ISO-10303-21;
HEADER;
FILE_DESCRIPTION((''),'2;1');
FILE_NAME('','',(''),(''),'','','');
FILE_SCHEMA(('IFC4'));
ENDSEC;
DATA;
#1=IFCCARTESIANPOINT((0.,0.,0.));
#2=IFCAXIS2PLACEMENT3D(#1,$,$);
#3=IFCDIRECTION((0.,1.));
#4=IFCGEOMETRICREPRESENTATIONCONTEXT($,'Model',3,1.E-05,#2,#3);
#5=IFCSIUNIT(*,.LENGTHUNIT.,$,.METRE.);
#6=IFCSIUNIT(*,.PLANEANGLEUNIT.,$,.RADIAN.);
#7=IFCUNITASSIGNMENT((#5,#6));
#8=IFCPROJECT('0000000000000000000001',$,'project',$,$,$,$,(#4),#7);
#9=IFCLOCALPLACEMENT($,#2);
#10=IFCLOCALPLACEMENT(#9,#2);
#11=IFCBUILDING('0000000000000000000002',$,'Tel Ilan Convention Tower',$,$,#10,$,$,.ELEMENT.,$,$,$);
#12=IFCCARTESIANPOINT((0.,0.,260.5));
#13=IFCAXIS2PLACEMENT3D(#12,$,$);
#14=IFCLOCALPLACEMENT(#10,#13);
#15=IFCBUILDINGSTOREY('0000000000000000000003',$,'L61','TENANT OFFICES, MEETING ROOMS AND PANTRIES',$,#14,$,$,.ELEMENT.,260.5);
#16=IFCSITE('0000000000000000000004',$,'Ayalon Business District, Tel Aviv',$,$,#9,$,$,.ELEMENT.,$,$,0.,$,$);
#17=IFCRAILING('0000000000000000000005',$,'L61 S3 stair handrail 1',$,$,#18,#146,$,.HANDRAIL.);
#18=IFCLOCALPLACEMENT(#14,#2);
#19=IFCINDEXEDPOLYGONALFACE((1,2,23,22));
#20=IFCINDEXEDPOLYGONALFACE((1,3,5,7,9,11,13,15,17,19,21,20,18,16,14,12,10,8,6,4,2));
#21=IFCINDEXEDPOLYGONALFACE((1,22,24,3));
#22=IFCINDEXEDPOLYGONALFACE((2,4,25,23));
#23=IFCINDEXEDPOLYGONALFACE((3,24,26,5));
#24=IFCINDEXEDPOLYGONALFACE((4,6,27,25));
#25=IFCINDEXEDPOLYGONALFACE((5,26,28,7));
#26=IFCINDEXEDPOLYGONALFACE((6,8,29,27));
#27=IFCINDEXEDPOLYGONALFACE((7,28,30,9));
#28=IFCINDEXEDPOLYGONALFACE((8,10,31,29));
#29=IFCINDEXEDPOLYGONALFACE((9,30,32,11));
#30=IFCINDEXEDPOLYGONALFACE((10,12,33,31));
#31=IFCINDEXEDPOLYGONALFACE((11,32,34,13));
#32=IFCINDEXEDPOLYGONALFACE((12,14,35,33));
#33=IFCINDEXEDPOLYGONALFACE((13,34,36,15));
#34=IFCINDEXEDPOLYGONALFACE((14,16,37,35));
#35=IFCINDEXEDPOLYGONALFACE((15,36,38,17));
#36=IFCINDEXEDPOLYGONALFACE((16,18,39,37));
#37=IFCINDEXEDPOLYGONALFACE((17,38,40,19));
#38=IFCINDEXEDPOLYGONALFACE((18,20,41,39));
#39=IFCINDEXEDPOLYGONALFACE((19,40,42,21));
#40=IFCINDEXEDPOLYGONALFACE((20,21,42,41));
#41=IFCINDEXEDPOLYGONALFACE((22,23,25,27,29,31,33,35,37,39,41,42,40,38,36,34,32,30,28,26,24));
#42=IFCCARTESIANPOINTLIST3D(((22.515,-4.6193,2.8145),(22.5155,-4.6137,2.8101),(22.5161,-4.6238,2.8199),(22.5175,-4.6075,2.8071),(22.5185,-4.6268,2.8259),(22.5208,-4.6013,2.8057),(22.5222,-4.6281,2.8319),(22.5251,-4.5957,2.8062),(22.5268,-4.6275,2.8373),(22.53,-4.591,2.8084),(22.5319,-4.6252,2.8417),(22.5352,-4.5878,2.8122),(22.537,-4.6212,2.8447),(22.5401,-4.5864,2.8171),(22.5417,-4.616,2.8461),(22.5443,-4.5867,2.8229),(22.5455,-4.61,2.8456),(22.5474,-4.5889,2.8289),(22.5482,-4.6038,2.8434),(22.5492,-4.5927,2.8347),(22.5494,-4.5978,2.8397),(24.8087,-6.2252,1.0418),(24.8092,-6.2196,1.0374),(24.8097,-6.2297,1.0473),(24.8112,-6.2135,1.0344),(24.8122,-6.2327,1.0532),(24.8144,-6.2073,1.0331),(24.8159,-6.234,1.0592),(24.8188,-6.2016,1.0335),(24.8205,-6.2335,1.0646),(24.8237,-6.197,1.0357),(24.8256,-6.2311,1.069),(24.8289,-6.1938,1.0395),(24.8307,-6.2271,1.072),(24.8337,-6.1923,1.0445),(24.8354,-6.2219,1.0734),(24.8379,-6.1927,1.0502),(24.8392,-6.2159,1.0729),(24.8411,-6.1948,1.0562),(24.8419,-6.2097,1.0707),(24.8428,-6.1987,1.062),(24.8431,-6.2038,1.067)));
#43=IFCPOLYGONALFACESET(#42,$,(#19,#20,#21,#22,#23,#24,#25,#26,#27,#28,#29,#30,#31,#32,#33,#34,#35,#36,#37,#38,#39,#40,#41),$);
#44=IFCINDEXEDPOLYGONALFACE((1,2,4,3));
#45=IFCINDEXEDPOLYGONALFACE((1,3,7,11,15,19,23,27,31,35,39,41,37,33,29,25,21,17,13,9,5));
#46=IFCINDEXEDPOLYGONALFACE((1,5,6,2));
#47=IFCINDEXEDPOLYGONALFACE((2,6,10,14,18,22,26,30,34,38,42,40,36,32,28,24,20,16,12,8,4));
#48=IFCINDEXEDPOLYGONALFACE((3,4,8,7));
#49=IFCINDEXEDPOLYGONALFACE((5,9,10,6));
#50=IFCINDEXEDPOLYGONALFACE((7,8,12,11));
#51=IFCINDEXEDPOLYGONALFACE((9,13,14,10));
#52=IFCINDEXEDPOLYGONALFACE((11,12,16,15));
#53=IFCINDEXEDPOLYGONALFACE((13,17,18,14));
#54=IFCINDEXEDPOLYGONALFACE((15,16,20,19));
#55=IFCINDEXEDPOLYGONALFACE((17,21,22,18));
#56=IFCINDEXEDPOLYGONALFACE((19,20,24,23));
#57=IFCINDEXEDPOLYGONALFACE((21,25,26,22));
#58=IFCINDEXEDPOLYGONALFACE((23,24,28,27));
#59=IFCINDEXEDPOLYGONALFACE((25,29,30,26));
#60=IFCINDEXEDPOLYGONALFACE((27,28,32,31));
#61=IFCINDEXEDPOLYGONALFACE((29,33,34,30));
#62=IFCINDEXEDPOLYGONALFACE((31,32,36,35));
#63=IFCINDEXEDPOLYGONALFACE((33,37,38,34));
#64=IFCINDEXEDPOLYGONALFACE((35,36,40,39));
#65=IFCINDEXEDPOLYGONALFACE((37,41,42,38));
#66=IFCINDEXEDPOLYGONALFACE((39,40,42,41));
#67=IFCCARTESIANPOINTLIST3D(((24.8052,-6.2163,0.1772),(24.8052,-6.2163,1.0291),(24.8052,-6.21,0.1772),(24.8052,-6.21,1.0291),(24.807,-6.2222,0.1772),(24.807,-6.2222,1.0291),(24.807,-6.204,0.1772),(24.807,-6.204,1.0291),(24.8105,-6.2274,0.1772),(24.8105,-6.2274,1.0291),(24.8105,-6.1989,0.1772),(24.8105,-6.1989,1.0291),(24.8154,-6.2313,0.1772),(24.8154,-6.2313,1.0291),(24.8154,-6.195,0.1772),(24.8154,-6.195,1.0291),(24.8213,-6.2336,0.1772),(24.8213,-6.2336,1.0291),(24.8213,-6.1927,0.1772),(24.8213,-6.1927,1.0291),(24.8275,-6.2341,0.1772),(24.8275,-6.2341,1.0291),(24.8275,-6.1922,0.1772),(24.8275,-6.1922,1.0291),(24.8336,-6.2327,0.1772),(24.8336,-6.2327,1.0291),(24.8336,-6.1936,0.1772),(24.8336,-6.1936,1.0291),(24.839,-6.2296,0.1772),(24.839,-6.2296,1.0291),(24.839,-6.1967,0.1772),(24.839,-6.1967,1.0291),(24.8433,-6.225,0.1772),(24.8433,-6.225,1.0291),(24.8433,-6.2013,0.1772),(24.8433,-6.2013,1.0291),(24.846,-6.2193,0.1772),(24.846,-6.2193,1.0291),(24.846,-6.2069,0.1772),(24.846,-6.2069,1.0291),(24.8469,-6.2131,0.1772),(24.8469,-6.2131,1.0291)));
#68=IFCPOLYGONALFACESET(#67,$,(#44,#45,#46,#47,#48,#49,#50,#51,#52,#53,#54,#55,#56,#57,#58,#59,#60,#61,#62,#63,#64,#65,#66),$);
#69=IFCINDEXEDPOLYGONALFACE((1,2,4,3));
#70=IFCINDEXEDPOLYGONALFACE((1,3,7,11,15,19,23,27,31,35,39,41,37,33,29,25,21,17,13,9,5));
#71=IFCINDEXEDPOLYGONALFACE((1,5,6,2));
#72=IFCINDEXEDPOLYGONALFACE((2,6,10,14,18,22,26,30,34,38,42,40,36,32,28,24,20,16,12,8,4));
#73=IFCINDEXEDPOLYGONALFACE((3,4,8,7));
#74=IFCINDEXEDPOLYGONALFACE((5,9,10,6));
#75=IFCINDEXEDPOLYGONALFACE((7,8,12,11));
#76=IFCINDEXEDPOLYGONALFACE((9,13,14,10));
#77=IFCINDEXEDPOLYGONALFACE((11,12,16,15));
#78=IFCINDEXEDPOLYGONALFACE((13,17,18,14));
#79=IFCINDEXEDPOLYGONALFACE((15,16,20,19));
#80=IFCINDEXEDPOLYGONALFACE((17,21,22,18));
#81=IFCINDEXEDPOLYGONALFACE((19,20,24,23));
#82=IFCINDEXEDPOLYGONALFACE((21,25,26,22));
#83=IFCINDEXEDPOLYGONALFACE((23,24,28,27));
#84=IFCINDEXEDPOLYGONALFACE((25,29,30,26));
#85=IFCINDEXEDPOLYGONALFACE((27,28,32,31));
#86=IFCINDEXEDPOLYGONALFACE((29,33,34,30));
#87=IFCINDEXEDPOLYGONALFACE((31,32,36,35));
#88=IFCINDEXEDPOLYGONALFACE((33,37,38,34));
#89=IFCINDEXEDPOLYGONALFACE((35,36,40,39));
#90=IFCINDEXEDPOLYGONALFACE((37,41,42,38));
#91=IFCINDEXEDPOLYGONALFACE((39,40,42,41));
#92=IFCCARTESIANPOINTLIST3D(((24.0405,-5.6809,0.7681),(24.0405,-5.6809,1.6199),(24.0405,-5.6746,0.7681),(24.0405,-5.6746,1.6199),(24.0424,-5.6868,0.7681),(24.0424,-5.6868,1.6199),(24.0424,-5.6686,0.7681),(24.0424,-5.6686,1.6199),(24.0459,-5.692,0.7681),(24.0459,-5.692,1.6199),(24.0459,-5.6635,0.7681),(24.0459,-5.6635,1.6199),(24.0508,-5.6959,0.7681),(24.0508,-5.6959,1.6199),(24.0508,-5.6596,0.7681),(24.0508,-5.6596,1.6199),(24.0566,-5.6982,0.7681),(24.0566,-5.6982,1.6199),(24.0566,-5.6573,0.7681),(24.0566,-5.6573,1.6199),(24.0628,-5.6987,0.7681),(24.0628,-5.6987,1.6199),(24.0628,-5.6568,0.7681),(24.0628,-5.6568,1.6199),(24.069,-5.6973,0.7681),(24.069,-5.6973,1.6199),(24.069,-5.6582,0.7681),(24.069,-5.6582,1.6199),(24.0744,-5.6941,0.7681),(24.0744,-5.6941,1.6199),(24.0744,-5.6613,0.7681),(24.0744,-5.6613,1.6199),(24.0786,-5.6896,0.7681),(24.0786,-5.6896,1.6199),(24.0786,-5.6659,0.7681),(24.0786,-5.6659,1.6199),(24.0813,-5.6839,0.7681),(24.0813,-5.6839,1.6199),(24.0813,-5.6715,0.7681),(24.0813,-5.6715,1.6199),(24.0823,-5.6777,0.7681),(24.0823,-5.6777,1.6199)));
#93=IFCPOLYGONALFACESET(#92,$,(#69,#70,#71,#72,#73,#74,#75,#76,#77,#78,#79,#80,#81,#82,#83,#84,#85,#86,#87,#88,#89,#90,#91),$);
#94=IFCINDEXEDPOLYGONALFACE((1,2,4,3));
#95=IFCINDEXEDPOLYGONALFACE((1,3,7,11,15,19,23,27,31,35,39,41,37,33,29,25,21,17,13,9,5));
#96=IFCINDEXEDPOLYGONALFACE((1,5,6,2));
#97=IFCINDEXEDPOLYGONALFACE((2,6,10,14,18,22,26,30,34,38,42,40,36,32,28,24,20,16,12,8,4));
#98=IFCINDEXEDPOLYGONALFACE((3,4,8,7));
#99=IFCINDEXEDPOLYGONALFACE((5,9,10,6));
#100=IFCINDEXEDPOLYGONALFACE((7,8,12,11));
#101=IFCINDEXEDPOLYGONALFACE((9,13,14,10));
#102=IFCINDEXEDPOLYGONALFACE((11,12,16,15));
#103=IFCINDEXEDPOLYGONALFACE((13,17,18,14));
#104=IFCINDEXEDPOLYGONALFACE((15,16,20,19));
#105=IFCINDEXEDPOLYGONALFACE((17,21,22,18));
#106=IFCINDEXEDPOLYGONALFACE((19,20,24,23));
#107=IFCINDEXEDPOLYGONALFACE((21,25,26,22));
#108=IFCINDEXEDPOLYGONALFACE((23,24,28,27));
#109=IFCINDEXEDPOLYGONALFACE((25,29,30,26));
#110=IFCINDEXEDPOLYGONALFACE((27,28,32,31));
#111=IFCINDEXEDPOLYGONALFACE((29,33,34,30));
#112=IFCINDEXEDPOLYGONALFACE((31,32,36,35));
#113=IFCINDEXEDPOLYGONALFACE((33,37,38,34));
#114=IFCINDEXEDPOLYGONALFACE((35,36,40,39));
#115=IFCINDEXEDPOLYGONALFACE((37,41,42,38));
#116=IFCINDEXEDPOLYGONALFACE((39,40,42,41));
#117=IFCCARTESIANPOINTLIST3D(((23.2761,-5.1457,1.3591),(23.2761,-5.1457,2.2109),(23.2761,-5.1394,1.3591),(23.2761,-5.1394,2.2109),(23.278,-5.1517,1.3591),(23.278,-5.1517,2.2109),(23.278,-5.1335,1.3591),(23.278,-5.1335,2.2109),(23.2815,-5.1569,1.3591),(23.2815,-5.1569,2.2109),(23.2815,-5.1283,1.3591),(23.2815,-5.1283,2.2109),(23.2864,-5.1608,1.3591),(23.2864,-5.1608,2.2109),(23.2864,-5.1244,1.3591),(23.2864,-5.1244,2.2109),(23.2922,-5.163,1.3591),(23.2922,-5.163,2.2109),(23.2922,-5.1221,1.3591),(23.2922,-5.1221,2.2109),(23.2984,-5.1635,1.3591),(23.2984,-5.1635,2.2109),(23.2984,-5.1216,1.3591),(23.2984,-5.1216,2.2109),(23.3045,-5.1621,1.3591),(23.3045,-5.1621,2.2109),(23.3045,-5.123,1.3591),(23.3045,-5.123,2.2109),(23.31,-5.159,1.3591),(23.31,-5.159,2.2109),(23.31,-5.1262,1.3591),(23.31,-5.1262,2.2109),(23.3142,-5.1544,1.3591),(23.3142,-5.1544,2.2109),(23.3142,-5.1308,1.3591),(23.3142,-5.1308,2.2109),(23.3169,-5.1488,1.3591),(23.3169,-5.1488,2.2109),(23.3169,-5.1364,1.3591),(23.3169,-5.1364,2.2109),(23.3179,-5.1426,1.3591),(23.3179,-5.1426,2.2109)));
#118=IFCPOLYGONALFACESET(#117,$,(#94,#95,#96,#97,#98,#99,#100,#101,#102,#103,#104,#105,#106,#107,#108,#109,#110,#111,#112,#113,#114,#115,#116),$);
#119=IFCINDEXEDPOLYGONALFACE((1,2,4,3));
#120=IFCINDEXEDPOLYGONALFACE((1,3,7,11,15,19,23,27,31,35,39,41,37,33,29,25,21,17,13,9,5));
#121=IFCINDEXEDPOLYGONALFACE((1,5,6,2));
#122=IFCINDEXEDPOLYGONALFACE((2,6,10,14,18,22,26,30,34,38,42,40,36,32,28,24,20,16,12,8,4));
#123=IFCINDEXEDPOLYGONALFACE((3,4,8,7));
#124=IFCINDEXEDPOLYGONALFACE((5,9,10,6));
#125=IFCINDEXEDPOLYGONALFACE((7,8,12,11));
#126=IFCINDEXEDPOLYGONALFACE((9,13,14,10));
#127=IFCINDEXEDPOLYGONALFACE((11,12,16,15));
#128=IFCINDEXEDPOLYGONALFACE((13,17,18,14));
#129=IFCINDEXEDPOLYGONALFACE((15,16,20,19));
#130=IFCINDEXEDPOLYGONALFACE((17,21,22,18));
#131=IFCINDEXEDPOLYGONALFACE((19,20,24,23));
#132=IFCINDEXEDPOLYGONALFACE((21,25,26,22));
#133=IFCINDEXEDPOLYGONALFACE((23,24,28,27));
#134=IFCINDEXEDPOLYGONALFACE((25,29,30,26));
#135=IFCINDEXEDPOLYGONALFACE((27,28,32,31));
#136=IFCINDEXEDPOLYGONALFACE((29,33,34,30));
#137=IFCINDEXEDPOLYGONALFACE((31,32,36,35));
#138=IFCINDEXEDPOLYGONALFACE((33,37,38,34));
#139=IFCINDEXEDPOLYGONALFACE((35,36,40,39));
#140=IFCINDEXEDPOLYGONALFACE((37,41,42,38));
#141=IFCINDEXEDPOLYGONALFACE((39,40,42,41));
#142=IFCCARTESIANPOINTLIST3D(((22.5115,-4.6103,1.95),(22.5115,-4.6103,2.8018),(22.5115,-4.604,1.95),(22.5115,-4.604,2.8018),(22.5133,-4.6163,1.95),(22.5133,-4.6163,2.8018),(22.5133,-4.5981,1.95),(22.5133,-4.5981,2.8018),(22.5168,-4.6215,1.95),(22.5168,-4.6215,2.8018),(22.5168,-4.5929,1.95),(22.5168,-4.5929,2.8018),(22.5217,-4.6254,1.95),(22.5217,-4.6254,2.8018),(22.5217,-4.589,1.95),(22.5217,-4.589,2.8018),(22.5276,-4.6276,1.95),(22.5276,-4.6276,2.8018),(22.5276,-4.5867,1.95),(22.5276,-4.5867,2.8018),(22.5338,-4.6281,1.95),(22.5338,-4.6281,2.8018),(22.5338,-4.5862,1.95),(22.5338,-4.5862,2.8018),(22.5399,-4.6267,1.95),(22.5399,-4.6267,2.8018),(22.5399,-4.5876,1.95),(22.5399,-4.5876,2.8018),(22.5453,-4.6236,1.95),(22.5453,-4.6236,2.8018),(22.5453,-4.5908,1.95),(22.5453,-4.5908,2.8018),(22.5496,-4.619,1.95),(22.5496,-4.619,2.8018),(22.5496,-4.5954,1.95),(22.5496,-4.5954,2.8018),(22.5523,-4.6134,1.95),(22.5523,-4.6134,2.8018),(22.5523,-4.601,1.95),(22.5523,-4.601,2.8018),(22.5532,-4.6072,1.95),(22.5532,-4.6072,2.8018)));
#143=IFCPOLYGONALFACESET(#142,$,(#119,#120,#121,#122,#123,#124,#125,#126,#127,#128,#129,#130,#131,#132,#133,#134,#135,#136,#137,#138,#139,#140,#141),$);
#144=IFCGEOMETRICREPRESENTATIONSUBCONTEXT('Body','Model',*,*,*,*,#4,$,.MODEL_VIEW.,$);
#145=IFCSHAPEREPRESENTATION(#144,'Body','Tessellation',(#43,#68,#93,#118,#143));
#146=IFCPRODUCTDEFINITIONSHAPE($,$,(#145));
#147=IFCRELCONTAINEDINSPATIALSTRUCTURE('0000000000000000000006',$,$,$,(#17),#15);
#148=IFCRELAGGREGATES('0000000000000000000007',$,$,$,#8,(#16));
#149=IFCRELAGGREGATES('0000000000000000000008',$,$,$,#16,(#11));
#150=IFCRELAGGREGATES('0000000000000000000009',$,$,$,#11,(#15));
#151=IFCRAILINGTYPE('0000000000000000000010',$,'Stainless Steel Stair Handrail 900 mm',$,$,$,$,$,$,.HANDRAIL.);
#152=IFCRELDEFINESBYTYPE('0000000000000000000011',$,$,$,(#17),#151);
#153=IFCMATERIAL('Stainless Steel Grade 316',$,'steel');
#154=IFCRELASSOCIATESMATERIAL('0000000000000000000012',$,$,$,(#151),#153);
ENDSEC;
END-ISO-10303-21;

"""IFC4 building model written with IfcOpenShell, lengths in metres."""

from ifc_helpers import new_model, si_unit, direction, frame, origin, origin_2d, place, context, subcontext, project, spatial, circle, extrude, material, type_object, element, save


model = new_model("IFC4")

# Units and contexts
model_context = context("Model", 3, precision=1e-05, world=origin(), true_north=direction((0.0, 1.0)))
body_context = subcontext(model_context, "Body", "Model", "MODEL_VIEW")
ifc_project = project(units=[si_unit("LENGTHUNIT", "METRE"), si_unit("PLANEANGLEUNIT", "RADIAN")], contexts=[model_context])

# Site, building, storey
site_placement = place(None, origin())
site = spatial("IfcSite", under=ifc_project, at=site_placement, Name="Ayalon Business District, Tel Aviv", CompositionType="ELEMENT", RefElevation=0.0)
building_placement = place(site_placement, origin())
building = spatial("IfcBuilding", under=site, at=building_placement, Name="Tel Ilan Convention Tower", CompositionType="ELEMENT")
storey_placement = place(building_placement, frame((0.0, 0.0, 260.5)))
storey = spatial("IfcBuildingStorey", under=building, at=storey_placement, Name="L61", Description="TENANT OFFICES, MEETING ROOMS AND PANTRIES", CompositionType="ELEMENT", Elevation=260.5)

# Railing
ifc_material_1 = material(Name="Stainless Steel Grade 316", Category="steel")
railing_type_1 = type_object("IfcRailingType", Name="Stainless Steel Stair Handrail 900 mm", PredefinedType="HANDRAIL", material=ifc_material_1)
railing_1_placement = place(storey_placement, frame((24.8259, -6.2131, 0.1772)))
element("IfcRailing", 1, at=railing_1_placement, inside=storey, type_object=railing_type_1, Name="L61 S3 stair handrail 1", PredefinedType="HANDRAIL", context=body_context, shape_type="SweptSolid", body=[
    extrude(circle(Radius=0.0239, at=origin_2d()), frame((0.0, 0.0, 0.876), z_axis=(-0.692123, 0.484597, 0.534913), x_axis=(-0.57355, -0.81917, 0.0)), (0.0, 0.0, 1.0), 3.314),
    extrude(circle(Radius=0.021, at=origin_2d()), origin(), (0.0, 0.0, 1.0), 0.8518),
    extrude(circle(Radius=0.021, at=origin_2d()), frame((-0.7646, 0.5354, 0.5908)), (0.0, 0.0, 1.0), 0.8518),
    extrude(circle(Radius=0.021, at=origin_2d()), frame((-1.5291, 1.0706, 1.1819)), (0.0, 0.0, 1.0), 0.8518),
    extrude(circle(Radius=0.021, at=origin_2d()), frame((-2.2937, 1.606, 1.7727)), (0.0, 0.0, 1.0), 0.8518),
])

save(model, "model.ifc")
